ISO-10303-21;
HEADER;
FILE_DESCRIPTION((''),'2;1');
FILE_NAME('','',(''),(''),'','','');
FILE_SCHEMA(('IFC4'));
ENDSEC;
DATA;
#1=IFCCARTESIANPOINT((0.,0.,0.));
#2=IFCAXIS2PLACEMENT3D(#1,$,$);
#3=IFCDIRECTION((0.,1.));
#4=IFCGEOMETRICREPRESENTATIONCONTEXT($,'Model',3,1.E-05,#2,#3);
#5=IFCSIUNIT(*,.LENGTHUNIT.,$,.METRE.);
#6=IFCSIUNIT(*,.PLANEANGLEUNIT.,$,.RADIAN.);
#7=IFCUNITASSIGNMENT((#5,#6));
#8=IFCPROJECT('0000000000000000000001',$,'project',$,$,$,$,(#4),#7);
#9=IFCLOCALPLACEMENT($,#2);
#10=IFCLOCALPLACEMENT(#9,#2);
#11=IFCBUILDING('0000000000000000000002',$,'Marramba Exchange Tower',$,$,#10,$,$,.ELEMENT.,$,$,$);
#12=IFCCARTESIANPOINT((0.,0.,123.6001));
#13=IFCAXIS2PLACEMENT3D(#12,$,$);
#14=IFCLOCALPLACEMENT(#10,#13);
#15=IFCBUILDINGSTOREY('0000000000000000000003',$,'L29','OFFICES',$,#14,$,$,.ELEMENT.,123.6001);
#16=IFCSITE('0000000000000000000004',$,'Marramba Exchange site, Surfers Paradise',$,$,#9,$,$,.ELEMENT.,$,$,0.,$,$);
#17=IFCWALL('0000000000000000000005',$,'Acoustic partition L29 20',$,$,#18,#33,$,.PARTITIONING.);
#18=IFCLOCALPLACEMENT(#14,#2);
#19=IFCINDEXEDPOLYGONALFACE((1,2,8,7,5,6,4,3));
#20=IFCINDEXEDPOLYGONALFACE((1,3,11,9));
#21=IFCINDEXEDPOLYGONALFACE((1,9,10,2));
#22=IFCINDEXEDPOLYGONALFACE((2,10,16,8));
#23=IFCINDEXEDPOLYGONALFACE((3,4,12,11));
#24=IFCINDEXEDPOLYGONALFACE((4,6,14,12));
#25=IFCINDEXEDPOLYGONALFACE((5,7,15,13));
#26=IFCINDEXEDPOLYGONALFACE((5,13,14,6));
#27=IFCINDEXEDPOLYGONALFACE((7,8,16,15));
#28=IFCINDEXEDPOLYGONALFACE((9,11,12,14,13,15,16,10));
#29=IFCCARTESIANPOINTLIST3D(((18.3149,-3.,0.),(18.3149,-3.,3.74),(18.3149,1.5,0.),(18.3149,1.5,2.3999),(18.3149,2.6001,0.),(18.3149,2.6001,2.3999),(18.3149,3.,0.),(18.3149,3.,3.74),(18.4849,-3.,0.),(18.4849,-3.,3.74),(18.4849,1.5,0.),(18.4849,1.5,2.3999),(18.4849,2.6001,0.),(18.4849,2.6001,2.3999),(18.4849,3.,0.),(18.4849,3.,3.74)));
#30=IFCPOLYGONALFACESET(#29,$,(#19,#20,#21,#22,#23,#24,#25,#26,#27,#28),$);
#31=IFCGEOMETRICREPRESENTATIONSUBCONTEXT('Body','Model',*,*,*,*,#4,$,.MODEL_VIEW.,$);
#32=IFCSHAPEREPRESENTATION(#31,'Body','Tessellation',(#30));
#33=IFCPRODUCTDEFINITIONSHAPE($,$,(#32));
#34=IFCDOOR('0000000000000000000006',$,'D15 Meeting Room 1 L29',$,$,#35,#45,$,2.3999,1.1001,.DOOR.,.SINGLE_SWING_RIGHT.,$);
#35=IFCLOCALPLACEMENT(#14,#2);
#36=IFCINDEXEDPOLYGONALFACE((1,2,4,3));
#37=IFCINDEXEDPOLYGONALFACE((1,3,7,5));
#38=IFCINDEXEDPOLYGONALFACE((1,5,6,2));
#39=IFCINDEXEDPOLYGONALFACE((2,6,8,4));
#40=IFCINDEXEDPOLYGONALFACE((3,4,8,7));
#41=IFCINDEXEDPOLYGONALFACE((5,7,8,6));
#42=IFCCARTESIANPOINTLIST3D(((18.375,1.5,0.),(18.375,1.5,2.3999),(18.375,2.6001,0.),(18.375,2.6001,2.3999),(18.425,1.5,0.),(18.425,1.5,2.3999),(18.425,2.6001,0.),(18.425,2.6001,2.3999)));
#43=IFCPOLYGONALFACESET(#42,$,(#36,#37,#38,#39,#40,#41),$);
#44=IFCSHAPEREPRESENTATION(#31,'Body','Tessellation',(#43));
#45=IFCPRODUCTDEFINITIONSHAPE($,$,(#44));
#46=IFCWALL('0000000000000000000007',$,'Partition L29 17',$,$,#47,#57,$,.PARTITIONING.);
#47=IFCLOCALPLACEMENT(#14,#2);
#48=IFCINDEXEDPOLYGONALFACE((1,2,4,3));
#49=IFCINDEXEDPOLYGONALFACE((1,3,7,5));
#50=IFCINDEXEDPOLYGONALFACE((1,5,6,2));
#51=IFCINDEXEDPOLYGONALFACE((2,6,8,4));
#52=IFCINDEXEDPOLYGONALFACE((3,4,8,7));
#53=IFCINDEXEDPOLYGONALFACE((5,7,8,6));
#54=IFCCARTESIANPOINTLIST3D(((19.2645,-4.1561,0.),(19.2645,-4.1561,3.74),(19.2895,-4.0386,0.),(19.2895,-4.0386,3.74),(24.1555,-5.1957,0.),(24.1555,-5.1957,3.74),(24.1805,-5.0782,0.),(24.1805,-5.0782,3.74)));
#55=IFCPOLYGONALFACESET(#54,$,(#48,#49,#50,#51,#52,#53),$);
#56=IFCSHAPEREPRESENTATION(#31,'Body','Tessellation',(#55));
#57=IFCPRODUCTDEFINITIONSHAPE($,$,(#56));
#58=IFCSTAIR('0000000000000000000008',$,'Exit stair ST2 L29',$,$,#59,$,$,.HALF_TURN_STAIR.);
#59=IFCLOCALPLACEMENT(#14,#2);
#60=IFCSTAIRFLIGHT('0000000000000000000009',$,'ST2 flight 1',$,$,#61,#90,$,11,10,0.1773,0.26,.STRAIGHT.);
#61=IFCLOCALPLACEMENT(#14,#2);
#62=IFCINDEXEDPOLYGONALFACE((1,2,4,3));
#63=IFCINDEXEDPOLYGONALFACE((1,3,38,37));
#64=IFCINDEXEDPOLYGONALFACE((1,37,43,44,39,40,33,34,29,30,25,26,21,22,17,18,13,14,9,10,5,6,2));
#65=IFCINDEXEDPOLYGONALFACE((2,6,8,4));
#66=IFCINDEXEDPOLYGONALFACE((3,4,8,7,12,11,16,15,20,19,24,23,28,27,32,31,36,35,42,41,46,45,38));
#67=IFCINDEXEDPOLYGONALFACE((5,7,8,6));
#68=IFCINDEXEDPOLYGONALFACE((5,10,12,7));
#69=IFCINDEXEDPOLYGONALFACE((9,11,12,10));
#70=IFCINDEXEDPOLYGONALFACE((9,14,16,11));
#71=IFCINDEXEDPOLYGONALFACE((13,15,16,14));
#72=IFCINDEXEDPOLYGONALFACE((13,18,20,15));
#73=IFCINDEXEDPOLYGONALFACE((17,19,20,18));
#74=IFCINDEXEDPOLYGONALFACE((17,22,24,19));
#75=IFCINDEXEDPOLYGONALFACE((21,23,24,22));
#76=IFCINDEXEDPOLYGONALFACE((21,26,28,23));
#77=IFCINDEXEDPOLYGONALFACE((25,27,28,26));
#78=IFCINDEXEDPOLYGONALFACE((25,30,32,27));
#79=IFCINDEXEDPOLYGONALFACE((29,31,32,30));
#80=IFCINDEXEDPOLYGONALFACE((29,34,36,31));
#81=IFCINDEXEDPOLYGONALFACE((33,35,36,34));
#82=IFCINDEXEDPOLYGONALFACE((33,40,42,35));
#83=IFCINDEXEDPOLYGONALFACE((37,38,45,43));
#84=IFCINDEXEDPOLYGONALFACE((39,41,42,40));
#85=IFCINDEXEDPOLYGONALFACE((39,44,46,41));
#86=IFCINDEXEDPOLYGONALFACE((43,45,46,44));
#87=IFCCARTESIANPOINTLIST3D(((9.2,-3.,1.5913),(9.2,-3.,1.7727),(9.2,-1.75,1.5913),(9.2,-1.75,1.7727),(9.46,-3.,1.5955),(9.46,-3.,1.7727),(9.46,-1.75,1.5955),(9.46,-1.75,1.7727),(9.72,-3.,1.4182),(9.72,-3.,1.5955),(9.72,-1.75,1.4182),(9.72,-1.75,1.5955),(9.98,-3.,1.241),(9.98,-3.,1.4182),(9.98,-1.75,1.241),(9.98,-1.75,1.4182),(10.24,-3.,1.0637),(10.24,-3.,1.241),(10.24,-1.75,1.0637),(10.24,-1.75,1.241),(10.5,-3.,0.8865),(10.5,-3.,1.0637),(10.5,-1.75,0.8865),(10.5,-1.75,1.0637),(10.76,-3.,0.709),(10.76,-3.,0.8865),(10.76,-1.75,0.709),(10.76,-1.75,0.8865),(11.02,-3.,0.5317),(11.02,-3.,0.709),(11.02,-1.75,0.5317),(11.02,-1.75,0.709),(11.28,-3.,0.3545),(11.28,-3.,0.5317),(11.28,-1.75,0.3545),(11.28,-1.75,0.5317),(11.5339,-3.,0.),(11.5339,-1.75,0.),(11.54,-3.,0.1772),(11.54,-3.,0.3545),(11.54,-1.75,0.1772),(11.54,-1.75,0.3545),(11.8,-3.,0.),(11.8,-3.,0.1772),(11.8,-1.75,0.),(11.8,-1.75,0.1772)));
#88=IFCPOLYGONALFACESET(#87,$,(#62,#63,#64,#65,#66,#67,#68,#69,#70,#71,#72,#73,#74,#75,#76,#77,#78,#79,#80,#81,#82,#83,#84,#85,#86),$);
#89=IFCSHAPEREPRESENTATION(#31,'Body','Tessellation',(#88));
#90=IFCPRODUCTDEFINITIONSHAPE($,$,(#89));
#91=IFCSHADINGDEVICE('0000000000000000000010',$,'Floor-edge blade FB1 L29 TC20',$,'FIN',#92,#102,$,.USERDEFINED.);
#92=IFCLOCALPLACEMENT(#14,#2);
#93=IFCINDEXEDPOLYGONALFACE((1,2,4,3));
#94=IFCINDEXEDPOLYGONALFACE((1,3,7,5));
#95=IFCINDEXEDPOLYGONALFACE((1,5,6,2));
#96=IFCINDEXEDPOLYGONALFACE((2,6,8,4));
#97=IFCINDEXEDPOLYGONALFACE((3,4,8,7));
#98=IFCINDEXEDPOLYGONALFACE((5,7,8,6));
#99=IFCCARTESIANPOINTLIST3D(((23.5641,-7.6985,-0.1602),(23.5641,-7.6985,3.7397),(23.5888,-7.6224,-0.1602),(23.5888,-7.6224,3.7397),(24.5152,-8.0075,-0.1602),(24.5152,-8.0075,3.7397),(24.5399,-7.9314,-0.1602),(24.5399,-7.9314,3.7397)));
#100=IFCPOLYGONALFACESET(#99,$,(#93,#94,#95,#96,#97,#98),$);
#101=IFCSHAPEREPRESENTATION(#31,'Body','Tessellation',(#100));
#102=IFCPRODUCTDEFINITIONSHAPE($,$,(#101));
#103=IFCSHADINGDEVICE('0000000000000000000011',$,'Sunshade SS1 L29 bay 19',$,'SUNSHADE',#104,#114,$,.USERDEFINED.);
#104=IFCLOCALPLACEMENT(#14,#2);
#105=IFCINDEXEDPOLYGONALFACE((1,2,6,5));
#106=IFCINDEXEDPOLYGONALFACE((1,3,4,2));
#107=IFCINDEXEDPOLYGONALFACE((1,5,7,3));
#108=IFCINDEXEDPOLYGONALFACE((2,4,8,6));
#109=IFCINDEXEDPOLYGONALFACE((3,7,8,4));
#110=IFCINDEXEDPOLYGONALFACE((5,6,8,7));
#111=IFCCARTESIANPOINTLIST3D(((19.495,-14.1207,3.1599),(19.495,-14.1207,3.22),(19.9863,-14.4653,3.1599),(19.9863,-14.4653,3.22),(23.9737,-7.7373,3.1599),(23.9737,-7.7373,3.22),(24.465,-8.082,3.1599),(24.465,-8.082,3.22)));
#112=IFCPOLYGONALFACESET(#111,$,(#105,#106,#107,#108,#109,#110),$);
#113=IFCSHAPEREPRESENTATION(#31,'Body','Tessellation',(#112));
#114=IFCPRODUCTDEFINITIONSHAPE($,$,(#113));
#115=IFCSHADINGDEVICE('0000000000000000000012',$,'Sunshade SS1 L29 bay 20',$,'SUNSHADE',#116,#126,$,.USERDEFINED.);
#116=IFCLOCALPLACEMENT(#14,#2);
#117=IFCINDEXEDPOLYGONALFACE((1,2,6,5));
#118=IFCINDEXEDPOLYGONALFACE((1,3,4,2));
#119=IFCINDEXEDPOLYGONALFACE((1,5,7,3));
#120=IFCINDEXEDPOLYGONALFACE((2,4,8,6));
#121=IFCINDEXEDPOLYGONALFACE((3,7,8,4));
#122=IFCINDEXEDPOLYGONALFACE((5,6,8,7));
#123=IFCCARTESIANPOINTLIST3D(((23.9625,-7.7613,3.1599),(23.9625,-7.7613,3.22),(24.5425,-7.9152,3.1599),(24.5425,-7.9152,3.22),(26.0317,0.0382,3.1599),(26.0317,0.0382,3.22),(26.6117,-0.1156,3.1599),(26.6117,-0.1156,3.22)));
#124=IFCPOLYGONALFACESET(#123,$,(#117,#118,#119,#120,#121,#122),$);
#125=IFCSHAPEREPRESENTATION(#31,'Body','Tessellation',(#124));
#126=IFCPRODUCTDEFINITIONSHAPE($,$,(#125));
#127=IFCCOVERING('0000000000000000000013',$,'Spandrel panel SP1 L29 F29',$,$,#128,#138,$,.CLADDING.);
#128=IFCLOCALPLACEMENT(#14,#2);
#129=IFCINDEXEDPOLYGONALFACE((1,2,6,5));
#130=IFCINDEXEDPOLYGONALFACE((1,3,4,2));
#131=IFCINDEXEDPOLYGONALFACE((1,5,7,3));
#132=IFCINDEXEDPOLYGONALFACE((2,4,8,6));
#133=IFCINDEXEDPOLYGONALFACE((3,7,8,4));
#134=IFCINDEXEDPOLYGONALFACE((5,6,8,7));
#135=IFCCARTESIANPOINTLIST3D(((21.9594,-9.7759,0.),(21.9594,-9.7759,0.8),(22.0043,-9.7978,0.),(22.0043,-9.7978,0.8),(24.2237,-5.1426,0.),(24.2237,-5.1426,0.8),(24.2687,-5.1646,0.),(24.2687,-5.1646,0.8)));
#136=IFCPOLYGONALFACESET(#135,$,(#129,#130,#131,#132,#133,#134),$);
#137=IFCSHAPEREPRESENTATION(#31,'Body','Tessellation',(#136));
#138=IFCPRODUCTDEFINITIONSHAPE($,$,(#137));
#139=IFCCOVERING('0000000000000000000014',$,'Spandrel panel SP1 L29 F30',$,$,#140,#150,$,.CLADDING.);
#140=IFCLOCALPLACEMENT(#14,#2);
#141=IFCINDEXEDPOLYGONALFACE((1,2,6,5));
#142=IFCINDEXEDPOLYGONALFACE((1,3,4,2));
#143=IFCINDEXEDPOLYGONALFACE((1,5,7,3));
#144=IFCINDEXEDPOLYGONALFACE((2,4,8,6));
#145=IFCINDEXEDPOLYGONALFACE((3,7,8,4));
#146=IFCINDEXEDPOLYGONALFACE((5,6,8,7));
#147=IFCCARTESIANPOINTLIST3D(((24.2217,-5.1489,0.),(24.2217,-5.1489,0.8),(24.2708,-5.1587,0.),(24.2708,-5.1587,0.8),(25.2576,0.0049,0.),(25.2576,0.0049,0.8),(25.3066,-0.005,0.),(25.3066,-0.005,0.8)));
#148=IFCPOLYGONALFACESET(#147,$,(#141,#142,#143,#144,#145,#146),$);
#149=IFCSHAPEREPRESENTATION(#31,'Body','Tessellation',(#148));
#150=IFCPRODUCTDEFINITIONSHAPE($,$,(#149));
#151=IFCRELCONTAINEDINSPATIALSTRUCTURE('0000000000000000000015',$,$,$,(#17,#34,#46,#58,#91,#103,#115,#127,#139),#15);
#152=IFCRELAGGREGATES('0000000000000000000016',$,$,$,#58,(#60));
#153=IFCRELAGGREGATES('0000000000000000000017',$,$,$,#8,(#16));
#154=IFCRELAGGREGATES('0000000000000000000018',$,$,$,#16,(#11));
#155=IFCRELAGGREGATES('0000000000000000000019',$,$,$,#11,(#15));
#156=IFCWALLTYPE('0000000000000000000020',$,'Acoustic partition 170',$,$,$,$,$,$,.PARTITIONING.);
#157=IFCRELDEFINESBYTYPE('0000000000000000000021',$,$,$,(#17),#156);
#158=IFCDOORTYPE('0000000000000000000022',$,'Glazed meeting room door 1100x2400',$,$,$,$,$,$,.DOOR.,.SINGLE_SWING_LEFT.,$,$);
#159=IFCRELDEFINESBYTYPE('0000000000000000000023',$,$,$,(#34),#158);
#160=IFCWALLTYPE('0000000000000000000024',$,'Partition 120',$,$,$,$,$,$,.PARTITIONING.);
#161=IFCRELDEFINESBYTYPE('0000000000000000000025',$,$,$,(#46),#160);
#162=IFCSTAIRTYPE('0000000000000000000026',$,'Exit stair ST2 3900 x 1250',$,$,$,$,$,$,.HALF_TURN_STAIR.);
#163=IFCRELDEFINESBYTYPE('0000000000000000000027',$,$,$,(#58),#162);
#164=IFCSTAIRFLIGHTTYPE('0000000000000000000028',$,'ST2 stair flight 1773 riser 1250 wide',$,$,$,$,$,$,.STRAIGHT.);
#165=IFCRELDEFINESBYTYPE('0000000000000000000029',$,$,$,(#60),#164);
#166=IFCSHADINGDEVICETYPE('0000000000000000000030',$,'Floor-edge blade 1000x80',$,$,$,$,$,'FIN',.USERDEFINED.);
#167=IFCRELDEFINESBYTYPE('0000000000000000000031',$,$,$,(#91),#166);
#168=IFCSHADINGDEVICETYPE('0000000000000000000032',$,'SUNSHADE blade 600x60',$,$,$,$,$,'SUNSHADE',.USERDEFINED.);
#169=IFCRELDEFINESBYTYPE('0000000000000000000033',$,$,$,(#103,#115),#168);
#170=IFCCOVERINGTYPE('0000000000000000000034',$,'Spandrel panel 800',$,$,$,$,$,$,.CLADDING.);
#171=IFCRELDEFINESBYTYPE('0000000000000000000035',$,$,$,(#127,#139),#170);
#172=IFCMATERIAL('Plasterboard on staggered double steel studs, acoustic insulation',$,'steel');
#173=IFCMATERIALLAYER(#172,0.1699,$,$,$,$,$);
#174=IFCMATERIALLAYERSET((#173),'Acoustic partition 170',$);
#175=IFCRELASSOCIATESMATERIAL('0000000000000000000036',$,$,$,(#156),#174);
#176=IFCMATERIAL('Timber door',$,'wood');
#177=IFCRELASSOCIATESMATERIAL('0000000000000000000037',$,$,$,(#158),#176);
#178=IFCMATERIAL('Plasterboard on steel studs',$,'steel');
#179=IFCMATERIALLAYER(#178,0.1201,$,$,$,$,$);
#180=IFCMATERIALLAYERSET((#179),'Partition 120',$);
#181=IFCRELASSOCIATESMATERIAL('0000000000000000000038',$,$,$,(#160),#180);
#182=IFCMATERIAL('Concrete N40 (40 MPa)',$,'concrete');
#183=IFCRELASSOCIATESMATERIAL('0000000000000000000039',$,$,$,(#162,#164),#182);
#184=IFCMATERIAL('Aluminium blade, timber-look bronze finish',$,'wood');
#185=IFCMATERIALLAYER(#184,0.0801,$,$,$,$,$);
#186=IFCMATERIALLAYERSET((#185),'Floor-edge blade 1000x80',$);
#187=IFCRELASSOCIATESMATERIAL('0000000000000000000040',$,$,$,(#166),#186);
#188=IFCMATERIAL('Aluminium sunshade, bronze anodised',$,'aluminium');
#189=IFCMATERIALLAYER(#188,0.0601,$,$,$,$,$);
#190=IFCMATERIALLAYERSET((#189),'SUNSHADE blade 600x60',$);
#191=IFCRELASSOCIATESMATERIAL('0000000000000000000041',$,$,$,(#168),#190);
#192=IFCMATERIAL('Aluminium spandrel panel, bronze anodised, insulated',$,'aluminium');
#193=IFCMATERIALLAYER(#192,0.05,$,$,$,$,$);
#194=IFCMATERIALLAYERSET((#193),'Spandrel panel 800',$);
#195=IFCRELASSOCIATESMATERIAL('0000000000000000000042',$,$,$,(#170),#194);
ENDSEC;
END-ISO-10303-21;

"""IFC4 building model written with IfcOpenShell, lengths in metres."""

from ifc_helpers import new_model, si_unit, direction, frame, frame_2d, origin, origin_2d, place, context, subcontext, project, spatial, polyline, rectangle, outline, extrude, material, layer, layer_set, type_object, element, fill, aggregate, save


model = new_model("IFC4")

# Units and contexts
model_context = context("Model", 3, precision=1e-05, world=origin(), true_north=direction((0.0, 1.0)))
body_context = subcontext(model_context, "Body", "Model", "MODEL_VIEW")
ifc_project = project(units=[si_unit("LENGTHUNIT", "METRE"), si_unit("PLANEANGLEUNIT", "RADIAN")], contexts=[model_context])

# Site, building, storey
site_placement = place(None, origin())
site = spatial("IfcSite", under=ifc_project, at=site_placement, Name="Marramba Exchange site, Surfers Paradise", CompositionType="ELEMENT", RefElevation=0.0)
building_placement = place(site_placement, origin())
building = spatial("IfcBuilding", under=site, at=building_placement, Name="Marramba Exchange Tower", CompositionType="ELEMENT")
storey_placement = place(building_placement, frame((0.0, 0.0, 123.6001)))
storey = spatial("IfcBuildingStorey", under=building, at=storey_placement, Name="L29", Description="OFFICES", CompositionType="ELEMENT", Elevation=123.6001)

# Shared definitions
ifc_material_1 = material(Name="Plasterboard on staggered double steel studs, acoustic insulation", Category="steel")
ifc_layer_1 = layer(ifc_material_1, 0.1699)
ifc_layer_set_1 = layer_set([ifc_layer_1], Name="Acoustic partition 170")
wall_type_1 = type_object("IfcWallType", Name="Acoustic partition 170", PredefinedType="PARTITIONING", material=ifc_layer_set_1)

# Wall, opening, door
wall_1_placement = place(storey_placement, frame((18.3999, -3.0, 0.0), z_axis=(0.0, 0.0, 1.0), x_axis=(0.0, 1.0, 0.0)))
wall_1 = element("IfcWall", 1, at=wall_1_placement, inside=storey, type_object=wall_type_1, Name="Acoustic partition L29 20", PredefinedType="PARTITIONING", context=body_context, shape_type="SweptSolid", body=[
    extrude(rectangle(XDim=6.0, YDim=0.1699, at=frame_2d((3.0, 0.0))), origin(), (0.0, 0.0, 1.0), 3.74),
])
opening_1_placement = place(wall_1_placement, frame((4.5, 0.0, 0.0)))
opening_1 = element("IfcOpeningElement", 2, at=opening_1_placement, cuts=wall_1, PredefinedType="OPENING", context=body_context, shape_type="SweptSolid", body=[
    extrude(rectangle(XDim=1.1001, YDim=2.3999, at=frame_2d((0.55, 1.2))), frame((0.0, 0.095, 0.0), z_axis=(0.0, -1.0, 0.0), x_axis=(1.0, 0.0, 0.0)), (0.0, 0.0, 1.0), 0.1899),
])
ifc_material_2 = material(Name="Timber door", Category="wood")
door_type_1 = type_object("IfcDoorType", Name="Glazed meeting room door 1100x2400", OperationType="SINGLE_SWING_LEFT", PredefinedType="DOOR", material=ifc_material_2)
door_1_placement = place(opening_1_placement, origin())
door_1 = element("IfcDoor", 3, at=door_1_placement, inside=storey, type_object=door_type_1, Name="D15 Meeting Room 1 L29", OperationType="SINGLE_SWING_RIGHT", OverallHeight=2.3999, OverallWidth=1.1001, PredefinedType="DOOR", context=body_context, shape_type="SweptSolid", body=[
    extrude(rectangle(XDim=1.1001, YDim=2.3999, at=frame_2d((0.55, 1.2))), frame((0.0, 0.0249, 0.0), z_axis=(0.0, -1.0, 0.0), x_axis=(1.0, 0.0, 0.0)), (0.0, 0.0, 1.0), 0.05),
])
fill(opening_1, door_1)

# Wall
ifc_material_3 = material(Name="Plasterboard on steel studs", Category="steel")
ifc_layer_2 = layer(ifc_material_3, 0.1201)
ifc_layer_set_2 = layer_set([ifc_layer_2], Name="Partition 120")
wall_type_2 = type_object("IfcWallType", Name="Partition 120", PredefinedType="PARTITIONING", material=ifc_layer_set_2)
wall_2_placement = place(storey_placement, frame((19.2771, -4.0974, 0.0), z_axis=(0.0, 0.0, 1.0), x_axis=(0.978149, -0.207905, 0.0)))
element("IfcWall", 4, at=wall_2_placement, inside=storey, type_object=wall_type_2, Name="Partition L29 17", PredefinedType="PARTITIONING", context=body_context, shape_type="SweptSolid", body=[
    extrude(rectangle(XDim=5.0002, YDim=0.1201, at=frame_2d((2.5, 0.0))), origin(), (0.0, 0.0, 1.0), 3.74),
])

# Stair, stair flight
ifc_material_4 = material(Name="Concrete N40 (40 MPa)", Category="concrete")
stair_type = type_object("IfcStairType", Name="Exit stair ST2 3900 x 1250", PredefinedType="HALF_TURN_STAIR", material=ifc_material_4)
stair_placement = place(storey_placement, origin())
stair = element("IfcStair", 5, at=stair_placement, inside=storey, type_object=stair_type, Name="Exit stair ST2 L29", PredefinedType="HALF_TURN_STAIR")
stair_flight_type = type_object("IfcStairFlightType", Name="ST2 stair flight 1773 riser 1250 wide", PredefinedType="STRAIGHT", material=ifc_material_4)
stair_flight_placement = place(storey_placement, frame((11.8, -2.375, 0.0), z_axis=(0.0, 0.0, 1.0), x_axis=(-1.0, 0.0, 0.0)))
stair_flight = element("IfcStairFlight", 6, at=stair_flight_placement, type_object=stair_flight_type, Name="ST2 flight 1", NumberOfRisers=11, NumberOfTreads=10, PredefinedType="STRAIGHT", RiserHeight=0.1773, TreadLength=0.26, context=body_context, shape_type="SweptSolid", body=[
    extrude(outline(polyline([(0.0, 0.0), (0.0, 0.1772), (0.26, 0.1772), (0.26, 0.3545), (0.52, 0.3545), (0.52, 0.5317), (0.78, 0.5317), (0.78, 0.709), (1.04, 0.709), (1.04, 0.8865), (1.3, 0.8865), (1.3, 1.0637), (1.5601, 1.0637), (1.5601, 1.241), (1.8201, 1.241), (1.8201, 1.4182), (2.0801, 1.4182), (2.0801, 1.5955), (2.3401, 1.5955), (2.3401, 1.7727), (2.6001, 1.7727), (2.6001, 1.95), (2.6001, 1.5913), (0.2661, 0.0), (0.0, 0.0)])), frame((0.0, 0.625, 0.0), z_axis=(0.0, -1.0, 0.0), x_axis=(1.0, 0.0, 0.0)), (0.0, 0.0, 1.0), 1.25),
])
aggregate(stair, [stair_flight])

# Shading devices
ifc_material_5 = material(Name="Aluminium blade, timber-look bronze finish", Category="wood")
ifc_layer_3 = layer(ifc_material_5, 0.0801)
ifc_layer_set_3 = layer_set([ifc_layer_3], Name="Floor-edge blade 1000x80")
shading_device_type_1 = type_object("IfcShadingDeviceType", Name="Floor-edge blade 1000x80", ElementType="FIN", PredefinedType="USERDEFINED", material=ifc_layer_set_3)
shading_device_1_placement = place(storey_placement, frame((24.052, -7.8149, -0.1602), z_axis=(0.0, 0.0, 1.0), x_axis=(0.951057, -0.309017, 0.0)))
element("IfcShadingDevice", 7, at=shading_device_1_placement, inside=storey, type_object=shading_device_type_1, Name="Floor-edge blade FB1 L29 TC20", ObjectType="FIN", PredefinedType="USERDEFINED", context=body_context, shape_type="SweptSolid", body=[
    extrude(rectangle(XDim=1.0, YDim=0.0801, at=origin_2d()), origin(), (0.0, 0.0, 1.0), 3.8999),
])
ifc_material_6 = material(Name="Aluminium sunshade, bronze anodised", Category="aluminium")
ifc_layer_4 = layer(ifc_material_6, 0.0601)
ifc_layer_set_4 = layer_set([ifc_layer_4], Name="SUNSHADE blade 600x60")
shading_device_type_2 = type_object("IfcShadingDeviceType", Name="SUNSHADE blade 600x60", ElementType="SUNSHADE", PredefinedType="USERDEFINED", material=ifc_layer_set_4)
shading_device_2_placement = place(storey_placement, frame((21.98, -11.1013, 3.1599), z_axis=(0.0, 0.0, 1.0), x_axis=(0.574351, 0.818609, 0.0)))
element("IfcShadingDevice", 8, at=shading_device_2_placement, inside=storey, type_object=shading_device_type_2, Name="Sunshade SS1 L29 bay 19", ObjectType="SUNSHADE", PredefinedType="USERDEFINED", context=body_context, shape_type="SweptSolid", body=[
    extrude(rectangle(XDim=7.7979, YDim=0.6001, at=origin_2d()), origin(), (0.0, 0.0, 1.0), 0.0601),
])
shading_device_3_placement = place(storey_placement, frame((25.2871, -3.9385, 3.1599), z_axis=(0.0, 0.0, 1.0), x_axis=(0.256423, 0.966565, 0.0)))
element("IfcShadingDevice", 9, at=shading_device_3_placement, inside=storey, type_object=shading_device_type_2, Name="Sunshade SS1 L29 bay 20", ObjectType="SUNSHADE", PredefinedType="USERDEFINED", context=body_context, shape_type="SweptSolid", body=[
    extrude(rectangle(XDim=8.0693, YDim=0.6001, at=origin_2d()), origin(), (0.0, 0.0, 1.0), 0.0601),
])

# Coverings
ifc_material_7 = material(Name="Aluminium spandrel panel, bronze anodised, insulated", Category="aluminium")
ifc_layer_5 = layer(ifc_material_7, 0.05)
ifc_layer_set_5 = layer_set([ifc_layer_5], Name="Spandrel panel 800")
covering_type = type_object("IfcCoveringType", Name="Spandrel panel 800", PredefinedType="CLADDING", material=ifc_layer_set_5)
covering_1_placement = place(storey_placement, frame((23.114, -7.4702, 0.0), z_axis=(0.0, 0.0, 1.0), x_axis=(0.439086, 0.898445, 0.0)))
element("IfcCovering", 10, at=covering_1_placement, inside=storey, type_object=covering_type, Name="Spandrel panel SP1 L29 F29", PredefinedType="CLADDING", context=body_context, shape_type="SweptSolid", body=[
    extrude(rectangle(XDim=5.157, YDim=0.05, at=origin_2d()), origin(), (0.0, 0.0, 1.0), 0.8),
])
covering_2_placement = place(storey_placement, frame((24.7642, -2.5769, 0.0), z_axis=(0.0, 0.0, 1.0), x_axis=(0.197049, 0.980394, 0.0)))
element("IfcCovering", 11, at=covering_2_placement, inside=storey, type_object=covering_type, Name="Spandrel panel SP1 L29 F30", PredefinedType="CLADDING", context=body_context, shape_type="SweptSolid", body=[
    extrude(rectangle(XDim=5.2568, YDim=0.05, at=origin_2d()), origin(), (0.0, 0.0, 1.0), 0.8),
])

save(model, "model.ifc")
